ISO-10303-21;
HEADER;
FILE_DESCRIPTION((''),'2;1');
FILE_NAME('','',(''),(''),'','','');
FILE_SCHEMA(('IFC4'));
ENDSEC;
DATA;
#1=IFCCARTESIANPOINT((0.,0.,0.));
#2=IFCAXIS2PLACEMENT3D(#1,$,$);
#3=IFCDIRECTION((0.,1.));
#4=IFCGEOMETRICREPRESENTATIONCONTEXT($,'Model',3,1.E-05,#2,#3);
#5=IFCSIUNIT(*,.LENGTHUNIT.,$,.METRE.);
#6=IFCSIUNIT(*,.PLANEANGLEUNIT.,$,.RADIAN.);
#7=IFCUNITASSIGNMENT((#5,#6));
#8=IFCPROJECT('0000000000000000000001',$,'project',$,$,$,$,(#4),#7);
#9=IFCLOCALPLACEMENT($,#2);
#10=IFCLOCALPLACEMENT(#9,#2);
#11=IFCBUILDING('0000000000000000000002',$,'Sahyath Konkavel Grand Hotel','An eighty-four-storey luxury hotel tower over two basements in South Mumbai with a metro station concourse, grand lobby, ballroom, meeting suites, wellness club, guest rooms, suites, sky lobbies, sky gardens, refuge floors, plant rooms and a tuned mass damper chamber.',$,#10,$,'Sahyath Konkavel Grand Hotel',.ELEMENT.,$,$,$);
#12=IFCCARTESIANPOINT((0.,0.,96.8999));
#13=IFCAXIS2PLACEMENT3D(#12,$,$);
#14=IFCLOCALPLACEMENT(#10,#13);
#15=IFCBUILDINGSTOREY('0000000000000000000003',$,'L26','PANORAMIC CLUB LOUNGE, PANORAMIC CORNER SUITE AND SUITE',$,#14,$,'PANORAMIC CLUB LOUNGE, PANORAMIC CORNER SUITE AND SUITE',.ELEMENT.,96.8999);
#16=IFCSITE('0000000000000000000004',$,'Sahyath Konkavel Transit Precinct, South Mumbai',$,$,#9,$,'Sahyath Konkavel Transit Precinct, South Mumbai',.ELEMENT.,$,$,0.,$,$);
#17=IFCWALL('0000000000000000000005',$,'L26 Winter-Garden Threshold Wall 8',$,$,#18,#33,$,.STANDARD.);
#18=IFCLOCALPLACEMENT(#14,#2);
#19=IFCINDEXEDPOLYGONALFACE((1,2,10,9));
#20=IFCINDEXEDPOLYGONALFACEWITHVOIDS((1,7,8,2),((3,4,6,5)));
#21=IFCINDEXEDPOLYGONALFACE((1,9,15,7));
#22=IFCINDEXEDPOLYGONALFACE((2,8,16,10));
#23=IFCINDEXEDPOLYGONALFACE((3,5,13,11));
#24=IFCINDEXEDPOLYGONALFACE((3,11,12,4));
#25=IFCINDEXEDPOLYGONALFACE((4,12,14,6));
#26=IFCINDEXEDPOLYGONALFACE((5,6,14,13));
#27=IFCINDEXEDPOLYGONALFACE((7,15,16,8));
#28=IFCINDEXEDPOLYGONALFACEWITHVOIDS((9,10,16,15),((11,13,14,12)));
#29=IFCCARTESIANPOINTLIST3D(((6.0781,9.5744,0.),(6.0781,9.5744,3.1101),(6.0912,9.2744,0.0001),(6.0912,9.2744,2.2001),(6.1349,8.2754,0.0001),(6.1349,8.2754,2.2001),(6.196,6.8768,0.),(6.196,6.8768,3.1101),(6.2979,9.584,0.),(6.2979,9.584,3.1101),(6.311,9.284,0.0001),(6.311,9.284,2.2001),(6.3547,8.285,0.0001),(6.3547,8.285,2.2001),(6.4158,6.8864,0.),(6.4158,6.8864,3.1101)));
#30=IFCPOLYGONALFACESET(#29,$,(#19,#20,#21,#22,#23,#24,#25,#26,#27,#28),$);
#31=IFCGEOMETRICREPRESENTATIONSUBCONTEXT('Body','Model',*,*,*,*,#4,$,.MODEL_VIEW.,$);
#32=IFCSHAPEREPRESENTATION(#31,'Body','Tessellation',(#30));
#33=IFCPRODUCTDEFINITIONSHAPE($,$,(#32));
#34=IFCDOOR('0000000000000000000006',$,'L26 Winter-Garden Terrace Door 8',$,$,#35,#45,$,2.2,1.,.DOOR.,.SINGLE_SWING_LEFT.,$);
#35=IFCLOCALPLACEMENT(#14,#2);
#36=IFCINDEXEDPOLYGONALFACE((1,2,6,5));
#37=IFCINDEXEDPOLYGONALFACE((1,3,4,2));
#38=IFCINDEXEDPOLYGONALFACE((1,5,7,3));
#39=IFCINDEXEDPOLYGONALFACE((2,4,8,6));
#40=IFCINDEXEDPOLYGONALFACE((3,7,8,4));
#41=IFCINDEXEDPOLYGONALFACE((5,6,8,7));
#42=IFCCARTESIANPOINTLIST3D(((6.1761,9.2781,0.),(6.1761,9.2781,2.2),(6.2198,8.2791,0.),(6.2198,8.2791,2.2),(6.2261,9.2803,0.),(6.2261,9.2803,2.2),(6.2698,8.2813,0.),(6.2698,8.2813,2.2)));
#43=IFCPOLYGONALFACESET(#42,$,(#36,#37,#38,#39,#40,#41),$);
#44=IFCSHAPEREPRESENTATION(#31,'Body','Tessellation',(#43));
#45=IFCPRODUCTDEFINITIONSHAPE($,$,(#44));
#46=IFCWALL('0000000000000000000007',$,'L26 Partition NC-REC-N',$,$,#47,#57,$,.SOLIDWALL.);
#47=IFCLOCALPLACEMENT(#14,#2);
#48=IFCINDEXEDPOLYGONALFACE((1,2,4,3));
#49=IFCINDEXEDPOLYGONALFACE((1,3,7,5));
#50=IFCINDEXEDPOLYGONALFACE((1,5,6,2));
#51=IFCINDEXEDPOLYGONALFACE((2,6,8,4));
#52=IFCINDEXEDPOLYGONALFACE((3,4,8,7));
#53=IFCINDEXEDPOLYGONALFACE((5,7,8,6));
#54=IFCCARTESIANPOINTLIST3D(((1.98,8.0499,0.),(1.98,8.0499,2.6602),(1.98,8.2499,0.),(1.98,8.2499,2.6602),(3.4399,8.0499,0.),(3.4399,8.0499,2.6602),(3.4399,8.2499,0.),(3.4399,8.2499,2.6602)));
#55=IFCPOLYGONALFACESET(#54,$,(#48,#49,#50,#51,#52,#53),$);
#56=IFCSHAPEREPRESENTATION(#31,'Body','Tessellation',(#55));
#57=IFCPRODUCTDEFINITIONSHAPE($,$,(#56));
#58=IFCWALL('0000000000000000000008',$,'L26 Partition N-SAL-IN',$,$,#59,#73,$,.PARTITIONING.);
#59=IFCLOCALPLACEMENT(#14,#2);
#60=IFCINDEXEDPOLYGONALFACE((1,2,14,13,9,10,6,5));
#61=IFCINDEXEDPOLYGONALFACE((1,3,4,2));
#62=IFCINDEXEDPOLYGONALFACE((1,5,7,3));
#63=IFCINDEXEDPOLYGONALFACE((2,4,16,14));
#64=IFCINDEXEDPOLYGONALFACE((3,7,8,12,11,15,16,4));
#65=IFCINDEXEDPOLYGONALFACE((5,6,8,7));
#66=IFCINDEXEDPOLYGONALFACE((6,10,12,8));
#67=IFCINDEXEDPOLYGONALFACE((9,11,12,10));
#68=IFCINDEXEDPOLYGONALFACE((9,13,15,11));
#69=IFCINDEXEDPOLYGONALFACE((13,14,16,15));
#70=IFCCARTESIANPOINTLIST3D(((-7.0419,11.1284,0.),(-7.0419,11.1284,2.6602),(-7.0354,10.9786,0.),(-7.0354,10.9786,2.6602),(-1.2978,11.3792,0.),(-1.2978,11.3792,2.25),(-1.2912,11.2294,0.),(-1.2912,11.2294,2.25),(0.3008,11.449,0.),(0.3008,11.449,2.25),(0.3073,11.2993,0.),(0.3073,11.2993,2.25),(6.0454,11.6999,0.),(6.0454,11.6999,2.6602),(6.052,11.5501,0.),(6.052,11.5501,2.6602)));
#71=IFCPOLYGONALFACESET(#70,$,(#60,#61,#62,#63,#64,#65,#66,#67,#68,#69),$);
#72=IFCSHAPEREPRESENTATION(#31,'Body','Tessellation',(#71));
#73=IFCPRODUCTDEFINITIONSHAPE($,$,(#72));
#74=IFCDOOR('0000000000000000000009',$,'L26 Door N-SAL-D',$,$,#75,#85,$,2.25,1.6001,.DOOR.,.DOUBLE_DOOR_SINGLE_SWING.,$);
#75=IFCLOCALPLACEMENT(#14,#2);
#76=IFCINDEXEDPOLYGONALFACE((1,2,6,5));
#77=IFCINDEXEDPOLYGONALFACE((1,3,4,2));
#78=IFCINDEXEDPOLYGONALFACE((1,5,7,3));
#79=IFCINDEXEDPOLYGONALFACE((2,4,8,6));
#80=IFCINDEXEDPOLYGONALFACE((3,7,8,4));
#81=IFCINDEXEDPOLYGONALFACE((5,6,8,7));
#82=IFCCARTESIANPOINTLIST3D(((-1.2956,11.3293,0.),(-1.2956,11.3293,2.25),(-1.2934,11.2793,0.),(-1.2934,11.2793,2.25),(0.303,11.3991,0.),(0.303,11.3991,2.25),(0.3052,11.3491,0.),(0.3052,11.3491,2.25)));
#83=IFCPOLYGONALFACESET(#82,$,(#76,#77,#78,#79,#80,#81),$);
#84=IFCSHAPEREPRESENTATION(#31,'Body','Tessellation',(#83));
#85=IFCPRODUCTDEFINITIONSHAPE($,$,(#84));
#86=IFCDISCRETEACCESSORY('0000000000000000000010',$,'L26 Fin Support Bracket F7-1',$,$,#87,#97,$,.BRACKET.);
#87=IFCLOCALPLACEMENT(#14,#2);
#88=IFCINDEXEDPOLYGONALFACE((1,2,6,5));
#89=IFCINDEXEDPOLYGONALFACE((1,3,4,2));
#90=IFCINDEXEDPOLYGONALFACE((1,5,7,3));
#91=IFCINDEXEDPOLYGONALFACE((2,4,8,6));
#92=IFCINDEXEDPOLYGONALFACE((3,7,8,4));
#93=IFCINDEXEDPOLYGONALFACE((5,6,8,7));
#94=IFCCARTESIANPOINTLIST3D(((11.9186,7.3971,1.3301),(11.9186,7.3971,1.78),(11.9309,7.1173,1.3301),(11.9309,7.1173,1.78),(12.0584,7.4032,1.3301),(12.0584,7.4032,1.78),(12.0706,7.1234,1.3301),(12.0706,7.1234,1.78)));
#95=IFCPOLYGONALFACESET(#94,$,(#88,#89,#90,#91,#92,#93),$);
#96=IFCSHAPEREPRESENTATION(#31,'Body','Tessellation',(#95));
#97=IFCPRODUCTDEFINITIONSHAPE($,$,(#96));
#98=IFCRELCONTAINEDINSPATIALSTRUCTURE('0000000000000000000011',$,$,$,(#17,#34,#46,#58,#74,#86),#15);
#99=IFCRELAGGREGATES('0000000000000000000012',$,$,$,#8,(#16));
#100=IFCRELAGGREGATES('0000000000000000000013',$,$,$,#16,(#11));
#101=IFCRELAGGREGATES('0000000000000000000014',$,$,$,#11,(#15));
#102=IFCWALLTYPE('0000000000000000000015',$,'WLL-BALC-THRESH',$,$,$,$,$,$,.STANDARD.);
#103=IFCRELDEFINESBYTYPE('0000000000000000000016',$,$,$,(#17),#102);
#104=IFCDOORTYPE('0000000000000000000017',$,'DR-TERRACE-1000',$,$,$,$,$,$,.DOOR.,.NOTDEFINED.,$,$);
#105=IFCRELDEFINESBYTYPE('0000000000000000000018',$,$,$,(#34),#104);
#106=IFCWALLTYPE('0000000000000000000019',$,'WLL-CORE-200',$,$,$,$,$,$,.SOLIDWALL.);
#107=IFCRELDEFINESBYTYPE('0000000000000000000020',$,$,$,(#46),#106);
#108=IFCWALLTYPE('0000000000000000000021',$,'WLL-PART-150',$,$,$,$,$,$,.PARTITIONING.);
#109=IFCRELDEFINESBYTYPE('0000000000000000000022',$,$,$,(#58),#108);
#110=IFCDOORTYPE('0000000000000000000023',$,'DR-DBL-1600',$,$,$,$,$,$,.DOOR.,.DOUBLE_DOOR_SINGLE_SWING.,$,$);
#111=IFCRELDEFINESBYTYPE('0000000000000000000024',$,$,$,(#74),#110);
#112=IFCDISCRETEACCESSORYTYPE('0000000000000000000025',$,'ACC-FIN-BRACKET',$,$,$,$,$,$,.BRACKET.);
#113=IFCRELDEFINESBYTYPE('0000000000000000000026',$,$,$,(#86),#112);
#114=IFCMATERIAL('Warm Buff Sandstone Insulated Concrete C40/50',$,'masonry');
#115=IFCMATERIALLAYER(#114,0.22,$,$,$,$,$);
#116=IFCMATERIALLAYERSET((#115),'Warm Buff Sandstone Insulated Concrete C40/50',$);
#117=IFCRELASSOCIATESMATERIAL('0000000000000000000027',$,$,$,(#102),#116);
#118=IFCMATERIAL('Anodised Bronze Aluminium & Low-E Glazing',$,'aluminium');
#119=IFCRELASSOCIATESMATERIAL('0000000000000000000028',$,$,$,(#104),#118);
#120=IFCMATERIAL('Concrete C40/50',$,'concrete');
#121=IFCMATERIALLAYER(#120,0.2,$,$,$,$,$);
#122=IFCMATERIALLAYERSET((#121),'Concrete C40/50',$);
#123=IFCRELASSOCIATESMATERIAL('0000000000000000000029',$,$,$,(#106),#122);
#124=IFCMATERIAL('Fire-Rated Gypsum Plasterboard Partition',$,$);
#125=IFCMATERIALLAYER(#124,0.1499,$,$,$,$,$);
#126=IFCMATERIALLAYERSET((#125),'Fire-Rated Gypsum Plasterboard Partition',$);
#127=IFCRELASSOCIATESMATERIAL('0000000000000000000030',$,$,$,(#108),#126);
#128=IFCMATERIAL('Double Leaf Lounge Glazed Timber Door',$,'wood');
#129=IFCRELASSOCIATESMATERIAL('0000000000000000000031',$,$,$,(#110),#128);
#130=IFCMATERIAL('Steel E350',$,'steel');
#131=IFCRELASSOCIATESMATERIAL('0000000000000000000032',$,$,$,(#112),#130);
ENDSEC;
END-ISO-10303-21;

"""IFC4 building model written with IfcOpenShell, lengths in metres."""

from ifc_helpers import new_model, si_unit, direction, frame, frame_2d, origin, origin_2d, place, context, subcontext, project, spatial, rectangle, extrude, source, transform, mapped, material, layer, layer_set, type_object, element, fill, save


model = new_model("IFC4")

# Units and contexts
model_context = context("Model", 3, precision=1e-05, world=origin(), true_north=direction((0.0, 1.0)))
body_context = subcontext(model_context, "Body", "Model", "MODEL_VIEW")
ifc_project = project(units=[si_unit("LENGTHUNIT", "METRE"), si_unit("PLANEANGLEUNIT", "RADIAN")], contexts=[model_context])

# Site, building, storey
site_placement = place(None, origin())
site = spatial("IfcSite", under=ifc_project, at=site_placement, Name="Sahyath Konkavel Transit Precinct, South Mumbai", LongName="Sahyath Konkavel Transit Precinct, South Mumbai", CompositionType="ELEMENT", RefElevation=0.0)
building_placement = place(site_placement, origin())
building = spatial("IfcBuilding", under=site, at=building_placement, Name="Sahyath Konkavel Grand Hotel", Description="An eighty-four-storey luxury hotel tower over two basements in South Mumbai with a metro station concourse, grand lobby, ballroom, meeting suites, wellness club, guest rooms, suites, sky lobbies, sky gardens, refuge floors, plant rooms and a tuned mass damper chamber.", LongName="Sahyath Konkavel Grand Hotel", CompositionType="ELEMENT")
storey_placement = place(building_placement, frame((0.0, 0.0, 96.8999)))
storey = spatial("IfcBuildingStorey", under=building, at=storey_placement, Name="L26", Description="PANORAMIC CLUB LOUNGE, PANORAMIC CORNER SUITE AND SUITE", LongName="PANORAMIC CLUB LOUNGE, PANORAMIC CORNER SUITE AND SUITE", CompositionType="ELEMENT", Elevation=96.8999)

# Shared definitions
ifc_material_1 = material(Name="Steel E350", Category="steel")

# Shared definitions
ifc_material_2 = material(Name="Anodised Bronze Aluminium & Low-E Glazing", Category="aluminium")

# Shared definitions
ifc_material_3 = material(Name="Warm Buff Sandstone Insulated Concrete C40/50", Category="masonry")
ifc_layer_1 = layer(ifc_material_3, 0.22)
ifc_layer_set_1 = layer_set([ifc_layer_1], Name="Warm Buff Sandstone Insulated Concrete C40/50")
wall_type_1 = type_object("IfcWallType", Name="WLL-BALC-THRESH", PredefinedType="STANDARD", material=ifc_layer_set_1)

# Wall, opening, door
wall_1_placement = place(storey_placement, frame((6.3059, 6.8816, 0.0), z_axis=(0.0, 0.0, 1.0), x_axis=(-0.043673, 0.999046, 0.0)))
wall_1 = element("IfcWall", 1, at=wall_1_placement, inside=storey, type_object=wall_type_1, Name="L26 Winter-Garden Threshold Wall 8", PredefinedType="STANDARD", context=body_context, shape_type="SweptSolid", body=[
    extrude(rectangle(XDim=2.7002, YDim=0.22, at=frame_2d((1.3501, 0.0))), origin(), (0.0, 0.0, 1.0), 3.1101),
])
opening_1_placement = place(wall_1_placement, frame((1.3999, 0.0, 0.0)))
opening_1 = element("IfcOpeningElement", 2, at=opening_1_placement, cuts=wall_1, PredefinedType="OPENING", context=body_context, shape_type="SweptSolid", body=[
    extrude(rectangle(XDim=1.0, YDim=2.2, at=frame_2d((0.5, 1.1001))), frame((0.0, 0.1201, 0.0), z_axis=(0.0, -1.0, 0.0), x_axis=(1.0, 0.0, 0.0)), (0.0, 0.0, 1.0), 0.24),
])
door_type_1 = type_object("IfcDoorType", Name="DR-TERRACE-1000", OperationType="NOTDEFINED", PredefinedType="DOOR", material=ifc_material_2)
shared_shape_1 = source(origin(), body_context, "Body", "SweptSolid", [
    extrude(rectangle(XDim=1.0, YDim=0.05, at=origin_2d()), origin(), (0.0, 0.0, 1.0), 2.2),
])
door_1_placement = place(opening_1_placement, frame((0.5, 0.0, 0.0)))
door_1 = element("IfcDoor", 3, at=door_1_placement, inside=storey, type_object=door_type_1, Name="L26 Winter-Garden Terrace Door 8", OperationType="SINGLE_SWING_LEFT", OverallHeight=2.2, OverallWidth=1.0, PredefinedType="DOOR", context=body_context, shape_type="MappedRepresentation", body=[
    mapped(shared_shape_1, transform((0.0, 0.0, 0.0), scale=1.0)),
])
fill(opening_1, door_1)

# Wall
ifc_material_4 = material(Name="Concrete C40/50", Category="concrete")
ifc_layer_2 = layer(ifc_material_4, 0.2)
ifc_layer_set_2 = layer_set([ifc_layer_2], Name="Concrete C40/50")
wall_type_2 = type_object("IfcWallType", Name="WLL-CORE-200", PredefinedType="SOLIDWALL", material=ifc_layer_set_2)
wall_2_placement = place(storey_placement, frame((1.98, 8.1499, 0.0), z_axis=(0.0, 0.0, 1.0), x_axis=(1.0, 0.0, 0.0)))
element("IfcWall", 4, at=wall_2_placement, inside=storey, type_object=wall_type_2, Name="L26 Partition NC-REC-N", PredefinedType="SOLIDWALL", context=body_context, shape_type="SweptSolid", body=[
    extrude(rectangle(XDim=1.46, YDim=0.2, at=frame_2d((0.73, 0.0))), origin(), (0.0, 0.0, 1.0), 2.6602),
])

# Wall, opening, door
ifc_material_5 = material(Name="Fire-Rated Gypsum Plasterboard Partition")
ifc_layer_3 = layer(ifc_material_5, 0.1499)
ifc_layer_set_3 = layer_set([ifc_layer_3], Name="Fire-Rated Gypsum Plasterboard Partition")
wall_type_3 = type_object("IfcWallType", Name="WLL-PART-150", PredefinedType="PARTITIONING", material=ifc_layer_set_3)
wall_3_placement = place(storey_placement, frame((6.0486, 11.625, 0.0), z_axis=(0.0, 0.0, 1.0), x_axis=(-0.999048, -0.043629, 0.0)))
wall_3 = element("IfcWall", 5, at=wall_3_placement, inside=storey, type_object=wall_type_3, Name="L26 Partition N-SAL-IN", PredefinedType="PARTITIONING", context=body_context, shape_type="SweptSolid", body=[
    extrude(rectangle(XDim=13.0999, YDim=0.1499, at=frame_2d((6.5498, 0.0))), origin(), (0.0, 0.0, 1.0), 2.6602),
])
opening_2_placement = place(wall_3_placement, frame((5.75, 0.0, 0.0)))
opening_2 = element("IfcOpeningElement", 6, at=opening_2_placement, cuts=wall_3, PredefinedType="OPENING", context=body_context, shape_type="SweptSolid", body=[
    extrude(rectangle(XDim=1.6001, YDim=2.25, at=frame_2d((0.8, 1.125))), frame((0.0, 0.085, 0.0), z_axis=(0.0, -1.0, 0.0), x_axis=(1.0, 0.0, 0.0)), (0.0, 0.0, 1.0), 0.1699),
])
ifc_material_6 = material(Name="Double Leaf Lounge Glazed Timber Door", Category="wood")
door_type_2 = type_object("IfcDoorType", Name="DR-DBL-1600", OperationType="DOUBLE_DOOR_SINGLE_SWING", PredefinedType="DOOR", material=ifc_material_6)
shared_shape_2 = source(origin(), body_context, "Body", "SweptSolid", [
    extrude(rectangle(XDim=1.6001, YDim=0.05, at=origin_2d()), origin(), (0.0, 0.0, 1.0), 2.25),
])
door_2_placement = place(opening_2_placement, frame((0.8, 0.0, 0.0)))
door_2 = element("IfcDoor", 7, at=door_2_placement, inside=storey, type_object=door_type_2, Name="L26 Door N-SAL-D", OperationType="DOUBLE_DOOR_SINGLE_SWING", OverallHeight=2.25, OverallWidth=1.6001, PredefinedType="DOOR", context=body_context, shape_type="MappedRepresentation", body=[
    mapped(shared_shape_2, transform((0.0, 0.0, 0.0), scale=1.0)),
])
fill(opening_2, door_2)

# Discrete accessory
discrete_accessory_type = type_object("IfcDiscreteAccessoryType", Name="ACC-FIN-BRACKET", PredefinedType="BRACKET", material=ifc_material_1)
shared_shape_3 = source(origin(), body_context, "Body", "SweptSolid", [
    extrude(rectangle(XDim=0.28, YDim=0.1399, at=origin_2d()), origin(), (0.0, 0.0, 1.0), 0.45),
])
discrete_accessory_placement = place(storey_placement, frame((11.9946, 7.2603, 1.3301), z_axis=(0.0, 0.0, 1.0), x_axis=(-0.043619, 0.999048, 0.0)))
element("IfcDiscreteAccessory", 8, at=discrete_accessory_placement, inside=storey, type_object=discrete_accessory_type, Name="L26 Fin Support Bracket F7-1", PredefinedType="BRACKET", context=body_context, shape_type="MappedRepresentation", body=[
    mapped(shared_shape_3, transform((0.0, 0.0, 0.0), scale=1.0)),
])

save(model, "model.ifc")
